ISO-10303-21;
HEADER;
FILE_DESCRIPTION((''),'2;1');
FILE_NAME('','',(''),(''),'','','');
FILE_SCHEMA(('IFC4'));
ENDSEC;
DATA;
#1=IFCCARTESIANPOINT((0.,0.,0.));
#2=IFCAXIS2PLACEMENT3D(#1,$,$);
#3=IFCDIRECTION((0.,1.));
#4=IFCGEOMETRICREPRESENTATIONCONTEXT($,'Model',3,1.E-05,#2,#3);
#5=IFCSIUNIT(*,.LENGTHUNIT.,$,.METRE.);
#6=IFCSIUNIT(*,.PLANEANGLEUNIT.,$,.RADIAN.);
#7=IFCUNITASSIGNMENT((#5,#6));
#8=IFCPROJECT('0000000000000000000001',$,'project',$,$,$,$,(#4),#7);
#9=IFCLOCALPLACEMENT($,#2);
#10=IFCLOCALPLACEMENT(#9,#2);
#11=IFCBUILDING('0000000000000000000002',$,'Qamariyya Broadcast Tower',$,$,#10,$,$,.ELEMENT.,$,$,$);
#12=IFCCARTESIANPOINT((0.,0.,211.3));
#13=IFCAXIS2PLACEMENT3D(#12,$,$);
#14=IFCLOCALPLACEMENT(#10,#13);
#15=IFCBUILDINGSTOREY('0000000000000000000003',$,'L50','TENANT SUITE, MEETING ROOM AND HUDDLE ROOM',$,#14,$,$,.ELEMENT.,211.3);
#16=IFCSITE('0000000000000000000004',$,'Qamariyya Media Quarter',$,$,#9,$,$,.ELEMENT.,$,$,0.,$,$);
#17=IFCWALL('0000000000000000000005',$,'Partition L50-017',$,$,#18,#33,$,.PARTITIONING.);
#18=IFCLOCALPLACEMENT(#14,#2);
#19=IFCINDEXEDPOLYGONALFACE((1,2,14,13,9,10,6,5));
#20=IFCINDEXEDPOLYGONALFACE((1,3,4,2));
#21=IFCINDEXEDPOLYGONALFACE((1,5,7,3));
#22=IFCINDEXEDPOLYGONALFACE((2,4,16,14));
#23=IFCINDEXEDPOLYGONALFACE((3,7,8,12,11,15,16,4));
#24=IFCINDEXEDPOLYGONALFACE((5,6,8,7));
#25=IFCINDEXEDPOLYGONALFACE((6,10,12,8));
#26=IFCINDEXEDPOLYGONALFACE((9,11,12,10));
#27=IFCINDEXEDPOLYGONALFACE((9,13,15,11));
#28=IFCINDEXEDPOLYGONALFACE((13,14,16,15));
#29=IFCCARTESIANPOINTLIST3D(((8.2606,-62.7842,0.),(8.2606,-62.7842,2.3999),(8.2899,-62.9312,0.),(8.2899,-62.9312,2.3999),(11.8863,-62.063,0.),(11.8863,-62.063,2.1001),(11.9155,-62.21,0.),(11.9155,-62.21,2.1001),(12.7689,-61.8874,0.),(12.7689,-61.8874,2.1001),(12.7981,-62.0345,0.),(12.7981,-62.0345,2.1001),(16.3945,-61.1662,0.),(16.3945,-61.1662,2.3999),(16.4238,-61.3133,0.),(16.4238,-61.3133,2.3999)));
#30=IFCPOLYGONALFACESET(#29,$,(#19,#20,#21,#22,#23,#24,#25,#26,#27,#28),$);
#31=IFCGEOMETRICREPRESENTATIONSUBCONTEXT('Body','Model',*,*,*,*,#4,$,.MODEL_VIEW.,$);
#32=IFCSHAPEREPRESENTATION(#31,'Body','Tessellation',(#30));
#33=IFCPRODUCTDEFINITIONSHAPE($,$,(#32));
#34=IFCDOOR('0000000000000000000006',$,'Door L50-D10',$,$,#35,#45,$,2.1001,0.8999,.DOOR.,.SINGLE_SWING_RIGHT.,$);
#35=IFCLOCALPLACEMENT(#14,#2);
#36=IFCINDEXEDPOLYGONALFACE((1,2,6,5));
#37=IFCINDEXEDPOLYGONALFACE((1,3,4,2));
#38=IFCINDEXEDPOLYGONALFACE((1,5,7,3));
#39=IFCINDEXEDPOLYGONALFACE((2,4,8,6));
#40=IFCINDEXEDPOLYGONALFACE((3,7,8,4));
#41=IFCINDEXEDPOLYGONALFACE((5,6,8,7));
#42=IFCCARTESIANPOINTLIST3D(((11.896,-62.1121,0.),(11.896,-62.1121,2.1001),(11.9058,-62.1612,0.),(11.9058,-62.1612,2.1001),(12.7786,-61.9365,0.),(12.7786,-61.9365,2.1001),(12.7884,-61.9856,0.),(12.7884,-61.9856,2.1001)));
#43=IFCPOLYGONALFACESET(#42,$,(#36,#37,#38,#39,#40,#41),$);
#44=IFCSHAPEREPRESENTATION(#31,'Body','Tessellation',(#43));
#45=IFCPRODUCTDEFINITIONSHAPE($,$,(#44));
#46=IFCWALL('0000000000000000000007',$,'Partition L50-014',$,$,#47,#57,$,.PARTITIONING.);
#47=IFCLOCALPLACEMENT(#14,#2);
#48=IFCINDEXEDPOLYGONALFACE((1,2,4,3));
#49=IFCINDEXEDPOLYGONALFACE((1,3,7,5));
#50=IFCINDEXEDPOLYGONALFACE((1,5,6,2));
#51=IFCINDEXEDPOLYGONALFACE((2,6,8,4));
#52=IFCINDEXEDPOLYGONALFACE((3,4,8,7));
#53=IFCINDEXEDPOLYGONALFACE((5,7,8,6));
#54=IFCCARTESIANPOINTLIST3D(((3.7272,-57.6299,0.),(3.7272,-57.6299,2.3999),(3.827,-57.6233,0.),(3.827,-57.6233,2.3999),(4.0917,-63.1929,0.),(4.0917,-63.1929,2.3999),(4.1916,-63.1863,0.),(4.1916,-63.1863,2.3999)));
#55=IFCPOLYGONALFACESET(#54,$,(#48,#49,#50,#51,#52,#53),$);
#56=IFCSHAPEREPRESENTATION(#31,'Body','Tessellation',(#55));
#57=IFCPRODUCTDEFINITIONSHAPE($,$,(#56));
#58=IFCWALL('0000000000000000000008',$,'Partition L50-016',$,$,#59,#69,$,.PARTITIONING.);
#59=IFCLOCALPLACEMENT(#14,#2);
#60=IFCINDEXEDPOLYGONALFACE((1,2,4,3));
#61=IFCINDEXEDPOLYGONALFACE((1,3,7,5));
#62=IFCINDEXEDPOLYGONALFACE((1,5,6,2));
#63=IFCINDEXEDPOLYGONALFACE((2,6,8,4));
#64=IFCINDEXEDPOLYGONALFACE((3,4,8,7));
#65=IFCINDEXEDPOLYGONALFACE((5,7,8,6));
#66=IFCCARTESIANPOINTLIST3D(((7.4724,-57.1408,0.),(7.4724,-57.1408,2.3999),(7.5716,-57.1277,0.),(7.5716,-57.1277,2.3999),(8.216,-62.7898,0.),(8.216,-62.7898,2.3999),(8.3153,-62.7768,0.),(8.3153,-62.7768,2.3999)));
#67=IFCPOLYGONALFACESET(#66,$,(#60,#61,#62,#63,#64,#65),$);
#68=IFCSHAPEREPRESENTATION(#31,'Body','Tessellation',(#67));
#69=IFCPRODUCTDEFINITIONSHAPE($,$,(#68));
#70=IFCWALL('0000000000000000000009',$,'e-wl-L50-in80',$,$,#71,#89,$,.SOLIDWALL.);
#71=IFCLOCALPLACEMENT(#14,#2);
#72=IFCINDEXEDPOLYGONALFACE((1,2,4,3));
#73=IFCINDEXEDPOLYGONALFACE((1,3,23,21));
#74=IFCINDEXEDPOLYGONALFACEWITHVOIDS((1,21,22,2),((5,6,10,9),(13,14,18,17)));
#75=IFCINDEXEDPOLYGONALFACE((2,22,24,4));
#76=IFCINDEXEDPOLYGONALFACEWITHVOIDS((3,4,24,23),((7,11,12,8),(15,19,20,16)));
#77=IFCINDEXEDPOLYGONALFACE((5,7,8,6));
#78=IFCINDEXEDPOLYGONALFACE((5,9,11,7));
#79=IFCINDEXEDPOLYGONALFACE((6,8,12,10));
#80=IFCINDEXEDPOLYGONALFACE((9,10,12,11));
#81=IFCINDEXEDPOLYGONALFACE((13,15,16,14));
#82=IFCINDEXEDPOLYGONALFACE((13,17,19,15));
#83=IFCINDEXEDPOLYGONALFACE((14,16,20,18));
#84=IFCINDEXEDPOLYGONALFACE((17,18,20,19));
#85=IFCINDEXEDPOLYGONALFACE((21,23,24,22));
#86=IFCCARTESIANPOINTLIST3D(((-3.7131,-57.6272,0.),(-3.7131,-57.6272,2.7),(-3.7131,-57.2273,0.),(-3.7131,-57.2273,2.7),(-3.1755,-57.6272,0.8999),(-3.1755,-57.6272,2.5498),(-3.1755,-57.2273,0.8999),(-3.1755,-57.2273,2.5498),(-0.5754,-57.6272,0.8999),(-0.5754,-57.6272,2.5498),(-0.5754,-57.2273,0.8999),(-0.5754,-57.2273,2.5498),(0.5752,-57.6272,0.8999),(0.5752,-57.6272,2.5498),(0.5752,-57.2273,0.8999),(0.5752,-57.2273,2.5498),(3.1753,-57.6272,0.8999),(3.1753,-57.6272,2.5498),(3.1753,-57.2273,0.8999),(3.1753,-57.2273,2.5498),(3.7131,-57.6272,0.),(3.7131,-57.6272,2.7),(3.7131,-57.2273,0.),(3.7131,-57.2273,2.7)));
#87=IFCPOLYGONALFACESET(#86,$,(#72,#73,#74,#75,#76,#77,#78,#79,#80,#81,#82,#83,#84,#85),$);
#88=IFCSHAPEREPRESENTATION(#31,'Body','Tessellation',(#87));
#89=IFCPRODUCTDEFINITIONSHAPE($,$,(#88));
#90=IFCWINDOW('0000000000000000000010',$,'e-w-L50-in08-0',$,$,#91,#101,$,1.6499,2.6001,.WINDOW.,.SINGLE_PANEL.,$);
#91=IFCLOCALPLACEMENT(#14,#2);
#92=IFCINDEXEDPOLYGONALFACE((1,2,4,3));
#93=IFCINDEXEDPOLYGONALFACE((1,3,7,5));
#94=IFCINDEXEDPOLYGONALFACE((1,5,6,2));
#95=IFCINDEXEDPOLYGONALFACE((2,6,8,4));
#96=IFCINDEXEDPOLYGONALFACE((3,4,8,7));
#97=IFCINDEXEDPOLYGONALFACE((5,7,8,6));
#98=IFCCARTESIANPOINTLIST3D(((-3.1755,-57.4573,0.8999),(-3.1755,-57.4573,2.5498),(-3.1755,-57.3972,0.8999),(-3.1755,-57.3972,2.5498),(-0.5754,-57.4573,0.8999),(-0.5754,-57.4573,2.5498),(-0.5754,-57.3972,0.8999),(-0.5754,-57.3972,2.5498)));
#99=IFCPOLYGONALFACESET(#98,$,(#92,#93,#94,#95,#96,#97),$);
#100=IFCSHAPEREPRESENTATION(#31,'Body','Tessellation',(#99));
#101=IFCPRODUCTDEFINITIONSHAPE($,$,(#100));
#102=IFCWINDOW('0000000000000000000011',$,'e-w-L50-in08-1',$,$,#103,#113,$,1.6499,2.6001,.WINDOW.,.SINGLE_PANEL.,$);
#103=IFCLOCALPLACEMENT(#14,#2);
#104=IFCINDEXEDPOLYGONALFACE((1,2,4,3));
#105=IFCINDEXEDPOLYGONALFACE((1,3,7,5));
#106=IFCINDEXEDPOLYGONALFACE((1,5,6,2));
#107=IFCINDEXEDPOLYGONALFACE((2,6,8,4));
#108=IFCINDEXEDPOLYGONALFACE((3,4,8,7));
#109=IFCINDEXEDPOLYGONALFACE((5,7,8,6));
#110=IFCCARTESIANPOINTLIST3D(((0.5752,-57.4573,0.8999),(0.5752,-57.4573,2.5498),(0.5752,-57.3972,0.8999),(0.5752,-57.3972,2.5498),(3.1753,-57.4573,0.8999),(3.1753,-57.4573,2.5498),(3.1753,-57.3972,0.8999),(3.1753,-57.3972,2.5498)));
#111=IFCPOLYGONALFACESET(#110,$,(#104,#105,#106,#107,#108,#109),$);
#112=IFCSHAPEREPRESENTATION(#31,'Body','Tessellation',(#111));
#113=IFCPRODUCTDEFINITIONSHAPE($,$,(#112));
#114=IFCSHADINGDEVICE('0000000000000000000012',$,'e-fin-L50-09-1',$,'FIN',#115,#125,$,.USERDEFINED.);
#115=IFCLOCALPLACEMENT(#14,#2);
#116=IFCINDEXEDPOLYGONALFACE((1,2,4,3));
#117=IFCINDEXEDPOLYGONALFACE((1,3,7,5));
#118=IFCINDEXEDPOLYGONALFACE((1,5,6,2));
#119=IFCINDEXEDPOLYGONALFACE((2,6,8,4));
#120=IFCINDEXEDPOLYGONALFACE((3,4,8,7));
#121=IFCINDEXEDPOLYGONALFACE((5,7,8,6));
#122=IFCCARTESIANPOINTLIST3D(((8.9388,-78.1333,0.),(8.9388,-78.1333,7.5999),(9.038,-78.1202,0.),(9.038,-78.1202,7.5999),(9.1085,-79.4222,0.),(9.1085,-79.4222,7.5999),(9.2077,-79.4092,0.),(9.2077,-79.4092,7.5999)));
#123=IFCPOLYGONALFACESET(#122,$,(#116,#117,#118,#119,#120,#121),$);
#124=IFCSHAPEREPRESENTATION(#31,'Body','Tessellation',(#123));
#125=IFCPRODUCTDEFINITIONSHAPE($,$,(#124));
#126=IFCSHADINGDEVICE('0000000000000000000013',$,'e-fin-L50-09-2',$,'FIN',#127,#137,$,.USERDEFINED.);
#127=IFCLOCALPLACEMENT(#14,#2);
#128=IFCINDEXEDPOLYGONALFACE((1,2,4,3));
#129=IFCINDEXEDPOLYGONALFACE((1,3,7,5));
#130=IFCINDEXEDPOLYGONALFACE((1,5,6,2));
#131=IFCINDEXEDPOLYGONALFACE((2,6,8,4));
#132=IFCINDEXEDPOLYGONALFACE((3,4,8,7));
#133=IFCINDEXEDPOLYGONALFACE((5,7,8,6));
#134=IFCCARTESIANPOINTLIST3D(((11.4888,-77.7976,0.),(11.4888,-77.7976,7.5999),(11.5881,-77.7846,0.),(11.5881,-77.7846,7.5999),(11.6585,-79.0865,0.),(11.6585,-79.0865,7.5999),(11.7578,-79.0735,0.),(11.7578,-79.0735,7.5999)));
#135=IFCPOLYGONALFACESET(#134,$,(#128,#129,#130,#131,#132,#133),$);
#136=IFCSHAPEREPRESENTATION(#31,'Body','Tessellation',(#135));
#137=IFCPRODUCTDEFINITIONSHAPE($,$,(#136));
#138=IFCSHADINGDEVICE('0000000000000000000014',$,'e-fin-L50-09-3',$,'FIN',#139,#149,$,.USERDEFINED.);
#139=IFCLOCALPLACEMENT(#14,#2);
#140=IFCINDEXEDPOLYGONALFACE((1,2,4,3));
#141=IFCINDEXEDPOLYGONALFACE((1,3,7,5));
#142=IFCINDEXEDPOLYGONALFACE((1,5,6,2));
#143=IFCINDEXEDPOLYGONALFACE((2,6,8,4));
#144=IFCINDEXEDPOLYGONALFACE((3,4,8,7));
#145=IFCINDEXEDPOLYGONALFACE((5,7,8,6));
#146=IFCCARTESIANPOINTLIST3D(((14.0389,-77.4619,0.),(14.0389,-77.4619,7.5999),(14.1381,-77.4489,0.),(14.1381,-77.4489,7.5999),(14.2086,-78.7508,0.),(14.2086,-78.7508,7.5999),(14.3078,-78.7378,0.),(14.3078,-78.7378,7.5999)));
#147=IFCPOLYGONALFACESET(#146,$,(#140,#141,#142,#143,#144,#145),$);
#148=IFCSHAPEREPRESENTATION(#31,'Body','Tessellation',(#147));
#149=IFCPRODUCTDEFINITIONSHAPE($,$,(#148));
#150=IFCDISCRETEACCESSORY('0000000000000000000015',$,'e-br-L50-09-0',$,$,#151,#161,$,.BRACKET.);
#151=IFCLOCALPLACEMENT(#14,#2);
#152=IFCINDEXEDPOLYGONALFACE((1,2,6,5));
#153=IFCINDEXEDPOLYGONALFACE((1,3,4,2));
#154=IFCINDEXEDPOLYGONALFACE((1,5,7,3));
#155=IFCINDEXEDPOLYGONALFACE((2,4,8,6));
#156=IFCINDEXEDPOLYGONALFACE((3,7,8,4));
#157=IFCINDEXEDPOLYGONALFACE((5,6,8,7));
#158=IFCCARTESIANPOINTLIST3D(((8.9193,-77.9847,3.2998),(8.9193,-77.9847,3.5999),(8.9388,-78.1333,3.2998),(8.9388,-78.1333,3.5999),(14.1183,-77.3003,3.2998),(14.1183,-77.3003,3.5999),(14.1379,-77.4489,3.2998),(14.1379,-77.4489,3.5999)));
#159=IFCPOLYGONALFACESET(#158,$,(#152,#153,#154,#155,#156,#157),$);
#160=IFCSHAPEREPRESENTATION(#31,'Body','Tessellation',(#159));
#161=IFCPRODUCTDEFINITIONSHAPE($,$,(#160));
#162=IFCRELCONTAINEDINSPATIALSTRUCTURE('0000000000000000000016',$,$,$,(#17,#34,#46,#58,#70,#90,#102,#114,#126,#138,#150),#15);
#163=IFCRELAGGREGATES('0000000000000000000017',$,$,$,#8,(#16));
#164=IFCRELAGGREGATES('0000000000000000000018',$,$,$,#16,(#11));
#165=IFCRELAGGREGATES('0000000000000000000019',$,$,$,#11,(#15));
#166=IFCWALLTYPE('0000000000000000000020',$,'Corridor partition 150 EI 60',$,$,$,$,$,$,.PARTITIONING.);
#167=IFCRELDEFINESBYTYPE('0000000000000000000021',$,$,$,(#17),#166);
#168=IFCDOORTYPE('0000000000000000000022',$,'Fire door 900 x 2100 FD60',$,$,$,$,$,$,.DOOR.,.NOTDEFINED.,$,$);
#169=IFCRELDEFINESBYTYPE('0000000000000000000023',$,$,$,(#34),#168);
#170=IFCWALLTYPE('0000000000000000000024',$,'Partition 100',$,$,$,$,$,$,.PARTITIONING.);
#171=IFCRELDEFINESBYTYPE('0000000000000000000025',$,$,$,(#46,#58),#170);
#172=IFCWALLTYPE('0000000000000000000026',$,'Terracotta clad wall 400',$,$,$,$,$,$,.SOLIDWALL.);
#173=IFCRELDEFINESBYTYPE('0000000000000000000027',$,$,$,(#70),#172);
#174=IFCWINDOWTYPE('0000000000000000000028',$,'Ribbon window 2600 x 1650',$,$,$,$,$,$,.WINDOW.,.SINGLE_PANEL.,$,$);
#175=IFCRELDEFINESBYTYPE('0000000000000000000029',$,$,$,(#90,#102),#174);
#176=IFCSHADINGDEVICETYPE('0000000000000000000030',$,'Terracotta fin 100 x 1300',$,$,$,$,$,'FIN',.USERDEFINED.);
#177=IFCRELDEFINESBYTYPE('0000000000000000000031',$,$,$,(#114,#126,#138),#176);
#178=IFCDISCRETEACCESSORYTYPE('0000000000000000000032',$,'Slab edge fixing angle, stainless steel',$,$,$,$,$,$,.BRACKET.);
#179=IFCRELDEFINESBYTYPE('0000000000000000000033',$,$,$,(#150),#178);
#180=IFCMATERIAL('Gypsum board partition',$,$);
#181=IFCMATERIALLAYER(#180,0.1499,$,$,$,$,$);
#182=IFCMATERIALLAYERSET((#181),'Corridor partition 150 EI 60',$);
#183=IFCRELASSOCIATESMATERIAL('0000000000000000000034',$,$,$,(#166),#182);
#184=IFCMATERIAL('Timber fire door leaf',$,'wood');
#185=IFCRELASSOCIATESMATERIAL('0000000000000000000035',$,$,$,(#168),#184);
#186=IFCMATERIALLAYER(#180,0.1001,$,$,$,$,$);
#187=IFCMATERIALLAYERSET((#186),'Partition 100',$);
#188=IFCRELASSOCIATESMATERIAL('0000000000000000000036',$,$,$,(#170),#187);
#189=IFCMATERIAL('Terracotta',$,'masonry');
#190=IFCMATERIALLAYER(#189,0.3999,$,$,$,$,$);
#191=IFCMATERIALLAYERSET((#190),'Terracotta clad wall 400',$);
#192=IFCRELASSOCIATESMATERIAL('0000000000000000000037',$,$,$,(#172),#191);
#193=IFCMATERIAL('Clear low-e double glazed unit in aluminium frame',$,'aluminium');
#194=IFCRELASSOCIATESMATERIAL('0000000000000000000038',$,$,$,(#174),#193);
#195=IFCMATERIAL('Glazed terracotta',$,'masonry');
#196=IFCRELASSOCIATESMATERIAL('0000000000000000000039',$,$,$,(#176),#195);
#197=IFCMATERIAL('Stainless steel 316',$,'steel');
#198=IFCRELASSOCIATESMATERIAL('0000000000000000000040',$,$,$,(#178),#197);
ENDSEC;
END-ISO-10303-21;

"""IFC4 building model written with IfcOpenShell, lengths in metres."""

from ifc_helpers import new_model, si_unit, direction, frame, frame_2d, origin, origin_2d, place, context, subcontext, project, spatial, rectangle, extrude, material, layer, layer_set, material_profile, profile_set, type_object, element, fill, save


model = new_model("IFC4")

# Units and contexts
model_context = context("Model", 3, precision=1e-05, world=origin(), true_north=direction((0.0, 1.0)))
body_context = subcontext(model_context, "Body", "Model", "MODEL_VIEW")
ifc_project = project(units=[si_unit("LENGTHUNIT", "METRE"), si_unit("PLANEANGLEUNIT", "RADIAN")], contexts=[model_context])

# Site, building, storey
site_placement = place(None, origin())
site = spatial("IfcSite", under=ifc_project, at=site_placement, Name="Qamariyya Media Quarter", CompositionType="ELEMENT", RefElevation=0.0)
building_placement = place(site_placement, origin())
building = spatial("IfcBuilding", under=site, at=building_placement, Name="Qamariyya Broadcast Tower", CompositionType="ELEMENT")
storey_placement = place(building_placement, frame((0.0, 0.0, 211.3)))
storey = spatial("IfcBuildingStorey", under=building, at=storey_placement, Name="L50", Description="TENANT SUITE, MEETING ROOM AND HUDDLE ROOM", CompositionType="ELEMENT", Elevation=211.3)

# Wall, opening, door
ifc_material_1 = material(Name="Gypsum board partition")
ifc_layer_1 = layer(ifc_material_1, 0.1499)
ifc_layer_set_1 = layer_set([ifc_layer_1], Name="Corridor partition 150 EI 60")
wall_type_1 = type_object("IfcWallType", Name="Corridor partition 150 EI 60", PredefinedType="PARTITIONING", material=ifc_layer_set_1)
ifc_material_2 = material(Name="Timber fire door leaf", Category="wood")
door_type_1 = type_object("IfcDoorType", Name="Fire door 900 x 2100 FD60", OperationType="NOTDEFINED", PredefinedType="DOOR", material=ifc_material_2)
wall_1_placement = place(storey_placement, frame((8.2754, -62.8577, 0.0), z_axis=(0.0, 0.0, 1.0), x_axis=(0.980785, 0.195091, 0.0)))
wall_1 = element("IfcWall", 1, at=wall_1_placement, inside=storey, type_object=wall_type_1, Name="Partition L50-017", PredefinedType="PARTITIONING", context=body_context, shape_type="SweptSolid", body=[
    extrude(rectangle(XDim=8.2932, YDim=0.1499, at=frame_2d((4.1465, 0.0))), origin(), (0.0, 0.0, 1.0), 2.3999),
])
opening_1_placement = place(wall_1_placement, frame((3.6965, 0.0, 0.0)))
opening_1 = element("IfcOpeningElement", 2, at=opening_1_placement, cuts=wall_1, PredefinedType="OPENING", context=body_context, shape_type="SweptSolid", body=[
    extrude(rectangle(XDim=0.8999, YDim=2.1001, at=frame_2d((0.45, 1.05))), frame((0.0, 0.085, 0.0), z_axis=(0.0, -1.0, 0.0), x_axis=(1.0, 0.0, 0.0)), (0.0, 0.0, 1.0), 0.1699),
])
door_1_placement = place(opening_1_placement, origin())
door_1 = element("IfcDoor", 3, at=door_1_placement, inside=storey, type_object=door_type_1, Name="Door L50-D10", OperationType="SINGLE_SWING_RIGHT", OverallHeight=2.1001, OverallWidth=0.8999, PredefinedType="DOOR", context=body_context, shape_type="SweptSolid", body=[
    extrude(rectangle(XDim=0.8999, YDim=2.1001, at=frame_2d((0.45, 1.05))), frame((0.0, 0.0249, 0.0), z_axis=(0.0, -1.0, 0.0), x_axis=(1.0, 0.0, 0.0)), (0.0, 0.0, 1.0), 0.05),
])
fill(opening_1, door_1)

# Walls
ifc_layer_2 = layer(ifc_material_1, 0.1001)
ifc_layer_set_2 = layer_set([ifc_layer_2], Name="Partition 100")
wall_type_2 = type_object("IfcWallType", Name="Partition 100", PredefinedType="PARTITIONING", material=ifc_layer_set_2)
wall_2_placement = place(storey_placement, frame((3.7771, -57.6265, 0.0), z_axis=(0.0, 0.0, 1.0), x_axis=(0.065382, -0.99786, 0.0)))
element("IfcWall", 4, at=wall_2_placement, inside=storey, type_object=wall_type_2, Name="Partition L50-014", PredefinedType="PARTITIONING", context=body_context, shape_type="SweptSolid", body=[
    extrude(rectangle(XDim=5.575, YDim=0.1001, at=frame_2d((2.7876, 0.0))), origin(), (0.0, 0.0, 1.0), 2.3999),
])
wall_3_placement = place(storey_placement, frame((7.522, -57.1343, 0.0), z_axis=(0.0, 0.0, 1.0), x_axis=(0.130519, -0.991446, 0.0)))
element("IfcWall", 5, at=wall_3_placement, inside=storey, type_object=wall_type_2, Name="Partition L50-016", PredefinedType="PARTITIONING", context=body_context, shape_type="SweptSolid", body=[
    extrude(rectangle(XDim=5.6978, YDim=0.1001, at=frame_2d((2.8489, 0.0))), origin(), (0.0, 0.0, 1.0), 2.3999),
])

# Wall, openings, windows
ifc_material_3 = material(Name="Terracotta", Category="masonry")
ifc_layer_3 = layer(ifc_material_3, 0.3999)
ifc_layer_set_3 = layer_set([ifc_layer_3], Name="Terracotta clad wall 400")
wall_type_3 = type_object("IfcWallType", Name="Terracotta clad wall 400", PredefinedType="SOLIDWALL", material=ifc_layer_set_3)
wall_4_placement = place(storey_placement, frame((3.7131, -57.4272, 0.0), z_axis=(0.0, 0.0, 1.0), x_axis=(-1.0, 0.0, 0.0)))
wall_4 = element("IfcWall", 6, at=wall_4_placement, inside=storey, type_object=wall_type_3, Name="e-wl-L50-in80", PredefinedType="SOLIDWALL", context=body_context, shape_type="SweptSolid", body=[
    extrude(rectangle(XDim=7.4263, YDim=0.3999, at=frame_2d((3.7131, 0.0))), origin(), (0.0, 0.0, 1.0), 2.7),
])
opening_2_placement = place(wall_4_placement, frame((4.2886, 0.0, 0.8999)))
opening_2 = element("IfcOpeningElement", 7, at=opening_2_placement, cuts=wall_4, PredefinedType="OPENING", context=body_context, shape_type="SweptSolid", body=[
    extrude(rectangle(XDim=2.6001, YDim=1.6499, at=frame_2d((1.3, 0.825))), frame((0.0, 0.21, 0.0), z_axis=(0.0, -1.0, 0.0), x_axis=(1.0, 0.0, 0.0)), (0.0, 0.0, 1.0), 0.4199),
])
opening_3_placement = place(wall_4_placement, frame((0.5378, 0.0, 0.8999)))
opening_3 = element("IfcOpeningElement", 8, at=opening_3_placement, cuts=wall_4, PredefinedType="OPENING", context=body_context, shape_type="SweptSolid", body=[
    extrude(rectangle(XDim=2.6001, YDim=1.6499, at=frame_2d((1.3, 0.825))), frame((0.0, 0.21, 0.0), z_axis=(0.0, -1.0, 0.0), x_axis=(1.0, 0.0, 0.0)), (0.0, 0.0, 1.0), 0.4199),
])
ifc_material_4 = material(Name="Clear low-e double glazed unit in aluminium frame", Category="aluminium")
window_type = type_object("IfcWindowType", Name="Ribbon window 2600 x 1650", PartitioningType="SINGLE_PANEL", PredefinedType="WINDOW", material=ifc_material_4)
window_1_placement = place(opening_2_placement, origin())
window_1 = element("IfcWindow", 9, at=window_1_placement, inside=storey, type_object=window_type, Name="e-w-L50-in08-0", OverallHeight=1.6499, OverallWidth=2.6001, PartitioningType="SINGLE_PANEL", PredefinedType="WINDOW", context=body_context, shape_type="SweptSolid", body=[
    extrude(rectangle(XDim=2.6001, YDim=1.6499, at=frame_2d((1.3, 0.825))), frame((0.0, 0.03, 0.0), z_axis=(0.0, -1.0, 0.0), x_axis=(1.0, 0.0, 0.0)), (0.0, 0.0, 1.0), 0.0601),
])
fill(opening_2, window_1)
window_2_placement = place(opening_3_placement, origin())
window_2 = element("IfcWindow", 10, at=window_2_placement, inside=storey, type_object=window_type, Name="e-w-L50-in08-1", OverallHeight=1.6499, OverallWidth=2.6001, PartitioningType="SINGLE_PANEL", PredefinedType="WINDOW", context=body_context, shape_type="SweptSolid", body=[
    extrude(rectangle(XDim=2.6001, YDim=1.6499, at=frame_2d((1.3, 0.825))), frame((0.0, 0.03, 0.0), z_axis=(0.0, -1.0, 0.0), x_axis=(1.0, 0.0, 0.0)), (0.0, 0.0, 1.0), 0.0601),
])
fill(opening_3, window_2)

# Shading devices
ifc_material_5 = material(Name="Glazed terracotta", Category="masonry")
ifc_material_profile_1 = material_profile(ifc_material_5, rectangle(XDim=1.3, YDim=0.1001, at=origin_2d()))
ifc_profile_set_1 = profile_set([ifc_material_profile_1], Name="Glazed terracotta")
shading_device_type_1 = type_object("IfcShadingDeviceType", Name="Terracotta fin 100 x 1300", ElementType="FIN", PredefinedType="USERDEFINED", material=ifc_profile_set_1)
for number, where, z_axis, x_axis, name in (
    (11, (9.0732, -78.7712, 0.0), (0.0, 0.0, 1.0), (0.130526, -0.991445, 0.0), "e-fin-L50-09-1"),
    (12, (11.6233, -78.4355, 0.0), (0.0, 0.0, 1.0), (0.130526, -0.991445, 0.0), "e-fin-L50-09-2"),
    (13, (14.1733, -78.0999, 0.0), (0.0, 0.0, 1.0), (0.130526, -0.991445, 0.0), "e-fin-L50-09-3"),
):
    element("IfcShadingDevice", number, at=place(storey_placement, frame(where, z_axis=z_axis, x_axis=x_axis)), inside=storey, type_object=shading_device_type_1, Name=name, ObjectType="FIN", PredefinedType="USERDEFINED", context=body_context, shape_type="SweptSolid", body=[
        extrude(rectangle(XDim=1.3, YDim=0.1001, at=origin_2d()), origin(), (0.0, 0.0, 1.0), 7.5999),
    ])

# Discrete accessory
ifc_material_6 = material(Name="Stainless steel 316", Category="steel")
discrete_accessory_type = type_object("IfcDiscreteAccessoryType", Name="Slab edge fixing angle, stainless steel", PredefinedType="BRACKET", material=ifc_material_6)
discrete_accessory_placement = place(storey_placement, frame((11.5286, -77.7168, 3.2998), z_axis=(0.0, 0.0, 1.0), x_axis=(0.991445, 0.130526, 0.0)))
element("IfcDiscreteAccessory", 14, at=discrete_accessory_placement, inside=storey, type_object=discrete_accessory_type, Name="e-br-L50-09-0", PredefinedType="BRACKET", context=body_context, shape_type="SweptSolid", body=[
    extrude(rectangle(XDim=5.2439, YDim=0.1499, at=origin_2d()), origin(), (0.0, 0.0, 1.0), 0.3),
])

save(model, "model.ifc")
